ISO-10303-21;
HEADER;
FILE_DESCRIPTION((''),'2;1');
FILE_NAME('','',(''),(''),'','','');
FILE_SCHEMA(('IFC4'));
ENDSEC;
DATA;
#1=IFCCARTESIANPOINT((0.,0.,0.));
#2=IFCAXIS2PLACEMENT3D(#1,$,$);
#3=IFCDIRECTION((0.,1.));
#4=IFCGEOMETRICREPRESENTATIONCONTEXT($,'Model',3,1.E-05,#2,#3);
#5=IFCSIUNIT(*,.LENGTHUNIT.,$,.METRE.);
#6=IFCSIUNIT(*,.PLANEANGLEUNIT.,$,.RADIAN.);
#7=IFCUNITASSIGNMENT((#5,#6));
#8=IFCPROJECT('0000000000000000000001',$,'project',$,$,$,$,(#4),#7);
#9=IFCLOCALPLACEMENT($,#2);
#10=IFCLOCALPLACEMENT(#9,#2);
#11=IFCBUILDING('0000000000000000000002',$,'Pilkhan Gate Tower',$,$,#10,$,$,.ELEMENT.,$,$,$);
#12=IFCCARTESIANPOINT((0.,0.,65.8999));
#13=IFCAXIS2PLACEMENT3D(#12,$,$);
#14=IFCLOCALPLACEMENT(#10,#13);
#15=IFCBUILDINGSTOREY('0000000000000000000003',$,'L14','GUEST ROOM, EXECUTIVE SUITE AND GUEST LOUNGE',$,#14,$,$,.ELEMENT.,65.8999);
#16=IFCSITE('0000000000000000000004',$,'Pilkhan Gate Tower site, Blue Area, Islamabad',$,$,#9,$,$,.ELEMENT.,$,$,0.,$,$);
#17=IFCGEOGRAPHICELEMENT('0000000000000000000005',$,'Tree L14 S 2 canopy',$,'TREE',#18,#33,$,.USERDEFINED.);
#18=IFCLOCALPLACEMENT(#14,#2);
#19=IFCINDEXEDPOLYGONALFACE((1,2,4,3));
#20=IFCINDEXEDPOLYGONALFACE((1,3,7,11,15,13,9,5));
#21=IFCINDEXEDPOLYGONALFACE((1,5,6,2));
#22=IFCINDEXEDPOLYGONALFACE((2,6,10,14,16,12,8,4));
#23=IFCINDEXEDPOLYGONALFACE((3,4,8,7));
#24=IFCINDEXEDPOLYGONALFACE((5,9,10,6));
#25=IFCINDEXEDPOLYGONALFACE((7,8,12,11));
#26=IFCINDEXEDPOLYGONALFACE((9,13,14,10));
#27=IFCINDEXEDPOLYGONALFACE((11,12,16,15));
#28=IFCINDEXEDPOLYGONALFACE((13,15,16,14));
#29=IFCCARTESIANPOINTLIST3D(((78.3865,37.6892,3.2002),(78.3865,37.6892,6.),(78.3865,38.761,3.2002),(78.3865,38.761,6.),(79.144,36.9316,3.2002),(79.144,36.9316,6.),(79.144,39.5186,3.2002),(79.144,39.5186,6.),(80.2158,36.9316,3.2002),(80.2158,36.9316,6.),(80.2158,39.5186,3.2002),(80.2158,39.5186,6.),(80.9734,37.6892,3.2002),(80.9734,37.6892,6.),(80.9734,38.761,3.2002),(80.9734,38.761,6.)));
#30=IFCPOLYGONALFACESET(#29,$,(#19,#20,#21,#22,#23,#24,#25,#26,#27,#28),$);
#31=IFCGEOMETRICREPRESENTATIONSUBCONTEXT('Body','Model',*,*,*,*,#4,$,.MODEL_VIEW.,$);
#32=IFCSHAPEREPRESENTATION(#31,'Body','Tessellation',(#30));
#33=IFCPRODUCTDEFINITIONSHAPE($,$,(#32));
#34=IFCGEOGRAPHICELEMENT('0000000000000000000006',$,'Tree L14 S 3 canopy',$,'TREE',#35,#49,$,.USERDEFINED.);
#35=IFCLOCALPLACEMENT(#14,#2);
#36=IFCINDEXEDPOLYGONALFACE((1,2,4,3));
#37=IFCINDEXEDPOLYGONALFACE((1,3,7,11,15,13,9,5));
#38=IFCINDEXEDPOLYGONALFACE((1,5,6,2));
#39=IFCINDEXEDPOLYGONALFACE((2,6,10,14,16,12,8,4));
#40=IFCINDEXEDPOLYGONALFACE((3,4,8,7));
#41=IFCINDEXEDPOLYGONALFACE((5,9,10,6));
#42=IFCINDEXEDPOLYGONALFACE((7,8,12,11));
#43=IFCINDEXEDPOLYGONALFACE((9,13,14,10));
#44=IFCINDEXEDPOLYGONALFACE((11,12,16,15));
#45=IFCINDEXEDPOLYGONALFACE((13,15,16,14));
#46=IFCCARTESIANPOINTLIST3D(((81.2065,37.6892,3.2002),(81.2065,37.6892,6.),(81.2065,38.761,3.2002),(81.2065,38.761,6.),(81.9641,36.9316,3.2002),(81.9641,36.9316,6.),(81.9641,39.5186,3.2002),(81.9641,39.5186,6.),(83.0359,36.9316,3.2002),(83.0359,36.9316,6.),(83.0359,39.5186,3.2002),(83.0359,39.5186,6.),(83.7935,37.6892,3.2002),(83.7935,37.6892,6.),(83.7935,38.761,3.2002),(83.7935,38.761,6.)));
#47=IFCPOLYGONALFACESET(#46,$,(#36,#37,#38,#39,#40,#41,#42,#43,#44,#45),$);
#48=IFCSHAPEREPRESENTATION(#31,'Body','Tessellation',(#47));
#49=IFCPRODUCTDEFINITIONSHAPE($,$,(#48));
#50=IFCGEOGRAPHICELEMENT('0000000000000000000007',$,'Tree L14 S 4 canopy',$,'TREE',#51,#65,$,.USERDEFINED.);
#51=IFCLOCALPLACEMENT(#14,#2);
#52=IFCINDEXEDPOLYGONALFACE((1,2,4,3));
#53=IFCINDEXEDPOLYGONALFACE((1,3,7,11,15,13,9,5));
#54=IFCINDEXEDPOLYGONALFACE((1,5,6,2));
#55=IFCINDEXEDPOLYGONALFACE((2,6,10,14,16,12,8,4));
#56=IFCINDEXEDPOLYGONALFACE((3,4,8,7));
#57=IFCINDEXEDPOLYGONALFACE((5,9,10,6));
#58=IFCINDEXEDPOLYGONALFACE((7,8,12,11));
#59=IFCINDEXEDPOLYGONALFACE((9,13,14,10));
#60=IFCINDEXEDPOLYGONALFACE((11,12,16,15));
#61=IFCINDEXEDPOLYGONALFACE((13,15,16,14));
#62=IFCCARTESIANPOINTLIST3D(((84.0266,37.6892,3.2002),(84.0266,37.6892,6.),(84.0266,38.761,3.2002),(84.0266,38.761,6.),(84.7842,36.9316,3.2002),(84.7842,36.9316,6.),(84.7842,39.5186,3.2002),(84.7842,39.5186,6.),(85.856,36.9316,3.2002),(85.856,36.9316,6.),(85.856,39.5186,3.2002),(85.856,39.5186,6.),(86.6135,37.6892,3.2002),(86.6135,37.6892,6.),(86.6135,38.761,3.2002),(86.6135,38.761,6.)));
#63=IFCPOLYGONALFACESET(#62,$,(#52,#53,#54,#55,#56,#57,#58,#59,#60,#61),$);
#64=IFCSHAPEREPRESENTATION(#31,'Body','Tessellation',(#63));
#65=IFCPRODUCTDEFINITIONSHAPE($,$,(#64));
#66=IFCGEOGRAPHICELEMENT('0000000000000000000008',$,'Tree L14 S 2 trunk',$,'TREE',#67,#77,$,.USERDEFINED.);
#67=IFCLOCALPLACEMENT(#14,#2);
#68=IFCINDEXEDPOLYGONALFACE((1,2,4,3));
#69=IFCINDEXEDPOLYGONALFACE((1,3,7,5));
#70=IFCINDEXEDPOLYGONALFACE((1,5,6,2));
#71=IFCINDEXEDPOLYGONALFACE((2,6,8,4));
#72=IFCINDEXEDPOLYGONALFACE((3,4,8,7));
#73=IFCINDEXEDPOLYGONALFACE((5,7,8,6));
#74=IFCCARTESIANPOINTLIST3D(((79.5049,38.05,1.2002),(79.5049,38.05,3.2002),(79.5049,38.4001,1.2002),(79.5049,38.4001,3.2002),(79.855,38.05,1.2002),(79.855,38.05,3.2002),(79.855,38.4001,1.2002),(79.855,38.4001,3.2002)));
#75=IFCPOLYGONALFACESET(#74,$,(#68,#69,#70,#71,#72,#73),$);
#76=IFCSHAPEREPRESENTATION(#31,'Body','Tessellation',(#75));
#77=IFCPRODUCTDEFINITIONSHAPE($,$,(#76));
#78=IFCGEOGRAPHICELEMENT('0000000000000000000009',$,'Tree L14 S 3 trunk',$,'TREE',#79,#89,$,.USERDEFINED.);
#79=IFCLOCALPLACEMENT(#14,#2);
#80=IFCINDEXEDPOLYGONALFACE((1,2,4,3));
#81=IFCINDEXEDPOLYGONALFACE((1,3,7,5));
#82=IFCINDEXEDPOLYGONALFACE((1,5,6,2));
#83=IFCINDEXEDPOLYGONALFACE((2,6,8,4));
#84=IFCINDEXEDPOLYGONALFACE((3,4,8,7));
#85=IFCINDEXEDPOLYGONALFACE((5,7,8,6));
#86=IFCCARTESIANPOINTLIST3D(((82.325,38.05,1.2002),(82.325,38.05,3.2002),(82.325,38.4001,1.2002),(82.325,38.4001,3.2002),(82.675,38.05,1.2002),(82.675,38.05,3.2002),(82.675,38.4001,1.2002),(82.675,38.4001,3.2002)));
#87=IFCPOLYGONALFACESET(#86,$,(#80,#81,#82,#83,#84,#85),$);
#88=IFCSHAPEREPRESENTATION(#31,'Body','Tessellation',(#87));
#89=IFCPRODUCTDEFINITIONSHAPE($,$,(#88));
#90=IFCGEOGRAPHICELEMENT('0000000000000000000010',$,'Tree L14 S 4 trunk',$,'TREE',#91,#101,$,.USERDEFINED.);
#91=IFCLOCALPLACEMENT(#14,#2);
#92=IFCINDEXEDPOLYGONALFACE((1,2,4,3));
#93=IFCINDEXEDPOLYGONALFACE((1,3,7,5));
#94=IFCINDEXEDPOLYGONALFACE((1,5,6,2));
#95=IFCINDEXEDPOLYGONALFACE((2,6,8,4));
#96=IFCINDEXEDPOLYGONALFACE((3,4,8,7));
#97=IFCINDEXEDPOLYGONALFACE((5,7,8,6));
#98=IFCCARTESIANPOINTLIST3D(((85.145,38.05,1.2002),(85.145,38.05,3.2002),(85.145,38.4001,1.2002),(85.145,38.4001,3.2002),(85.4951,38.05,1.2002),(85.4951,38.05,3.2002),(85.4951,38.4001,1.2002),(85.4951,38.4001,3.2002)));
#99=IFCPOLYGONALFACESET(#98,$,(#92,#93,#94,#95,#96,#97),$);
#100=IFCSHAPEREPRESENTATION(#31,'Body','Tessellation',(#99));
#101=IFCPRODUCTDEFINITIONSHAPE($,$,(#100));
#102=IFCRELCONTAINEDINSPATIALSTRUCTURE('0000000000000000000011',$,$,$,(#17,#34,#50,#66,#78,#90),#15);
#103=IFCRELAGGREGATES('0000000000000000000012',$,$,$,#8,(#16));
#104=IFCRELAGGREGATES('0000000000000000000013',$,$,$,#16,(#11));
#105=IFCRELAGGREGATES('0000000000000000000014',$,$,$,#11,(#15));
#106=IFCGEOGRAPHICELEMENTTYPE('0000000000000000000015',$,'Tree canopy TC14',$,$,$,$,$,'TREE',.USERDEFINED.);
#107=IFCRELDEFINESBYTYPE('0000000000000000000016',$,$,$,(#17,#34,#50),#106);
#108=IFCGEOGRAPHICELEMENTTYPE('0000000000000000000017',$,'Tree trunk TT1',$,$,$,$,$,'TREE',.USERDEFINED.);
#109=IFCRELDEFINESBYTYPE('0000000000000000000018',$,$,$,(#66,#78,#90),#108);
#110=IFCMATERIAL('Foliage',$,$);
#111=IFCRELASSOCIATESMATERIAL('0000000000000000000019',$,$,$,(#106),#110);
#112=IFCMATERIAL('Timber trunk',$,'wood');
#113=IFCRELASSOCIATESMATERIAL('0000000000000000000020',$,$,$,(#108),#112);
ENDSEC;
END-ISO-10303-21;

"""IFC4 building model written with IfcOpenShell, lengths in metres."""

from ifc_helpers import new_model, si_unit, direction, frame, origin, origin_2d, place, context, subcontext, project, spatial, polyline, rectangle, outline, extrude, material, material_profile, profile_set, type_object, element, save


model = new_model("IFC4")

# Units and contexts
model_context = context("Model", 3, precision=1e-05, world=origin(), true_north=direction((0.0, 1.0)))
body_context = subcontext(model_context, "Body", "Model", "MODEL_VIEW")
ifc_project = project(units=[si_unit("LENGTHUNIT", "METRE"), si_unit("PLANEANGLEUNIT", "RADIAN")], contexts=[model_context])

# Site, building, storey
site_placement = place(None, origin())
site = spatial("IfcSite", under=ifc_project, at=site_placement, Name="Pilkhan Gate Tower site, Blue Area, Islamabad", CompositionType="ELEMENT", RefElevation=0.0)
building_placement = place(site_placement, origin())
building = spatial("IfcBuilding", under=site, at=building_placement, Name="Pilkhan Gate Tower", CompositionType="ELEMENT")
storey_placement = place(building_placement, frame((0.0, 0.0, 65.8999)))
storey = spatial("IfcBuildingStorey", under=building, at=storey_placement, Name="L14", Description="GUEST ROOM, EXECUTIVE SUITE AND GUEST LOUNGE", CompositionType="ELEMENT", Elevation=65.8999)

# Geographic elements
ifc_material_1 = material(Name="Foliage")
ifc_material_profile_1 = material_profile(ifc_material_1, outline(polyline([(1.2935, 0.5359), (0.5359, 1.2935), (-0.5359, 1.2935), (-1.2935, 0.5359), (-1.2935, -0.5359), (-0.5359, -1.2935), (0.5359, -1.2935), (1.2935, -0.5359), (1.2935, 0.5359)])), Name="Canopy D2.8")
ifc_profile_set_1 = profile_set([ifc_material_profile_1], Name="Foliage")
geographic_element_type_1 = type_object("IfcGeographicElementType", Name="Tree canopy TC14", ElementType="TREE", PredefinedType="USERDEFINED", material=ifc_profile_set_1)
for number, where, z_axis, x_axis, name in (
    (1, (79.6799, 38.2251, 3.2002), (0.0, 0.0, 1.0), (1.0, 0.0, 0.0), "Tree L14 S 2 canopy"),
    (2, (82.5, 38.2251, 3.2002), (0.0, 0.0, 1.0), (1.0, 0.0, 0.0), "Tree L14 S 3 canopy"),
    (3, (85.3201, 38.2251, 3.2002), (0.0, 0.0, 1.0), (1.0, 0.0, 0.0), "Tree L14 S 4 canopy"),
):
    element("IfcGeographicElement", number, at=place(storey_placement, frame(where, z_axis=z_axis, x_axis=x_axis)), inside=storey, type_object=geographic_element_type_1, Name=name, ObjectType="TREE", PredefinedType="USERDEFINED", context=body_context, shape_type="SweptSolid", body=[
        extrude(outline(polyline([(1.2935, 0.5359), (0.5359, 1.2935), (-0.5359, 1.2935), (-1.2935, 0.5359), (-1.2935, -0.5359), (-0.5359, -1.2935), (0.5359, -1.2935), (1.2935, -0.5359), (1.2935, 0.5359)])), origin(), (0.0, 0.0, 1.0), 2.7998),
    ])
ifc_material_2 = material(Name="Timber trunk", Category="wood")
geographic_element_type_2 = type_object("IfcGeographicElementType", Name="Tree trunk TT1", ElementType="TREE", PredefinedType="USERDEFINED", material=ifc_material_2)
for number, where, z_axis, x_axis, name in (
    (4, (79.6799, 38.2251, 1.2002), (0.0, 0.0, 1.0), (1.0, 0.0, 0.0), "Tree L14 S 2 trunk"),
    (5, (82.5, 38.2251, 1.2002), (0.0, 0.0, 1.0), (1.0, 0.0, 0.0), "Tree L14 S 3 trunk"),
    (6, (85.3201, 38.2251, 1.2002), (0.0, 0.0, 1.0), (1.0, 0.0, 0.0), "Tree L14 S 4 trunk"),
):
    element("IfcGeographicElement", number, at=place(storey_placement, frame(where, z_axis=z_axis, x_axis=x_axis)), inside=storey, type_object=geographic_element_type_2, Name=name, ObjectType="TREE", PredefinedType="USERDEFINED", context=body_context, shape_type="SweptSolid", body=[
        extrude(rectangle(XDim=0.3501, YDim=0.3501, at=origin_2d()), origin(), (0.0, 0.0, 1.0), 2.0),
    ])

save(model, "model.ifc")
